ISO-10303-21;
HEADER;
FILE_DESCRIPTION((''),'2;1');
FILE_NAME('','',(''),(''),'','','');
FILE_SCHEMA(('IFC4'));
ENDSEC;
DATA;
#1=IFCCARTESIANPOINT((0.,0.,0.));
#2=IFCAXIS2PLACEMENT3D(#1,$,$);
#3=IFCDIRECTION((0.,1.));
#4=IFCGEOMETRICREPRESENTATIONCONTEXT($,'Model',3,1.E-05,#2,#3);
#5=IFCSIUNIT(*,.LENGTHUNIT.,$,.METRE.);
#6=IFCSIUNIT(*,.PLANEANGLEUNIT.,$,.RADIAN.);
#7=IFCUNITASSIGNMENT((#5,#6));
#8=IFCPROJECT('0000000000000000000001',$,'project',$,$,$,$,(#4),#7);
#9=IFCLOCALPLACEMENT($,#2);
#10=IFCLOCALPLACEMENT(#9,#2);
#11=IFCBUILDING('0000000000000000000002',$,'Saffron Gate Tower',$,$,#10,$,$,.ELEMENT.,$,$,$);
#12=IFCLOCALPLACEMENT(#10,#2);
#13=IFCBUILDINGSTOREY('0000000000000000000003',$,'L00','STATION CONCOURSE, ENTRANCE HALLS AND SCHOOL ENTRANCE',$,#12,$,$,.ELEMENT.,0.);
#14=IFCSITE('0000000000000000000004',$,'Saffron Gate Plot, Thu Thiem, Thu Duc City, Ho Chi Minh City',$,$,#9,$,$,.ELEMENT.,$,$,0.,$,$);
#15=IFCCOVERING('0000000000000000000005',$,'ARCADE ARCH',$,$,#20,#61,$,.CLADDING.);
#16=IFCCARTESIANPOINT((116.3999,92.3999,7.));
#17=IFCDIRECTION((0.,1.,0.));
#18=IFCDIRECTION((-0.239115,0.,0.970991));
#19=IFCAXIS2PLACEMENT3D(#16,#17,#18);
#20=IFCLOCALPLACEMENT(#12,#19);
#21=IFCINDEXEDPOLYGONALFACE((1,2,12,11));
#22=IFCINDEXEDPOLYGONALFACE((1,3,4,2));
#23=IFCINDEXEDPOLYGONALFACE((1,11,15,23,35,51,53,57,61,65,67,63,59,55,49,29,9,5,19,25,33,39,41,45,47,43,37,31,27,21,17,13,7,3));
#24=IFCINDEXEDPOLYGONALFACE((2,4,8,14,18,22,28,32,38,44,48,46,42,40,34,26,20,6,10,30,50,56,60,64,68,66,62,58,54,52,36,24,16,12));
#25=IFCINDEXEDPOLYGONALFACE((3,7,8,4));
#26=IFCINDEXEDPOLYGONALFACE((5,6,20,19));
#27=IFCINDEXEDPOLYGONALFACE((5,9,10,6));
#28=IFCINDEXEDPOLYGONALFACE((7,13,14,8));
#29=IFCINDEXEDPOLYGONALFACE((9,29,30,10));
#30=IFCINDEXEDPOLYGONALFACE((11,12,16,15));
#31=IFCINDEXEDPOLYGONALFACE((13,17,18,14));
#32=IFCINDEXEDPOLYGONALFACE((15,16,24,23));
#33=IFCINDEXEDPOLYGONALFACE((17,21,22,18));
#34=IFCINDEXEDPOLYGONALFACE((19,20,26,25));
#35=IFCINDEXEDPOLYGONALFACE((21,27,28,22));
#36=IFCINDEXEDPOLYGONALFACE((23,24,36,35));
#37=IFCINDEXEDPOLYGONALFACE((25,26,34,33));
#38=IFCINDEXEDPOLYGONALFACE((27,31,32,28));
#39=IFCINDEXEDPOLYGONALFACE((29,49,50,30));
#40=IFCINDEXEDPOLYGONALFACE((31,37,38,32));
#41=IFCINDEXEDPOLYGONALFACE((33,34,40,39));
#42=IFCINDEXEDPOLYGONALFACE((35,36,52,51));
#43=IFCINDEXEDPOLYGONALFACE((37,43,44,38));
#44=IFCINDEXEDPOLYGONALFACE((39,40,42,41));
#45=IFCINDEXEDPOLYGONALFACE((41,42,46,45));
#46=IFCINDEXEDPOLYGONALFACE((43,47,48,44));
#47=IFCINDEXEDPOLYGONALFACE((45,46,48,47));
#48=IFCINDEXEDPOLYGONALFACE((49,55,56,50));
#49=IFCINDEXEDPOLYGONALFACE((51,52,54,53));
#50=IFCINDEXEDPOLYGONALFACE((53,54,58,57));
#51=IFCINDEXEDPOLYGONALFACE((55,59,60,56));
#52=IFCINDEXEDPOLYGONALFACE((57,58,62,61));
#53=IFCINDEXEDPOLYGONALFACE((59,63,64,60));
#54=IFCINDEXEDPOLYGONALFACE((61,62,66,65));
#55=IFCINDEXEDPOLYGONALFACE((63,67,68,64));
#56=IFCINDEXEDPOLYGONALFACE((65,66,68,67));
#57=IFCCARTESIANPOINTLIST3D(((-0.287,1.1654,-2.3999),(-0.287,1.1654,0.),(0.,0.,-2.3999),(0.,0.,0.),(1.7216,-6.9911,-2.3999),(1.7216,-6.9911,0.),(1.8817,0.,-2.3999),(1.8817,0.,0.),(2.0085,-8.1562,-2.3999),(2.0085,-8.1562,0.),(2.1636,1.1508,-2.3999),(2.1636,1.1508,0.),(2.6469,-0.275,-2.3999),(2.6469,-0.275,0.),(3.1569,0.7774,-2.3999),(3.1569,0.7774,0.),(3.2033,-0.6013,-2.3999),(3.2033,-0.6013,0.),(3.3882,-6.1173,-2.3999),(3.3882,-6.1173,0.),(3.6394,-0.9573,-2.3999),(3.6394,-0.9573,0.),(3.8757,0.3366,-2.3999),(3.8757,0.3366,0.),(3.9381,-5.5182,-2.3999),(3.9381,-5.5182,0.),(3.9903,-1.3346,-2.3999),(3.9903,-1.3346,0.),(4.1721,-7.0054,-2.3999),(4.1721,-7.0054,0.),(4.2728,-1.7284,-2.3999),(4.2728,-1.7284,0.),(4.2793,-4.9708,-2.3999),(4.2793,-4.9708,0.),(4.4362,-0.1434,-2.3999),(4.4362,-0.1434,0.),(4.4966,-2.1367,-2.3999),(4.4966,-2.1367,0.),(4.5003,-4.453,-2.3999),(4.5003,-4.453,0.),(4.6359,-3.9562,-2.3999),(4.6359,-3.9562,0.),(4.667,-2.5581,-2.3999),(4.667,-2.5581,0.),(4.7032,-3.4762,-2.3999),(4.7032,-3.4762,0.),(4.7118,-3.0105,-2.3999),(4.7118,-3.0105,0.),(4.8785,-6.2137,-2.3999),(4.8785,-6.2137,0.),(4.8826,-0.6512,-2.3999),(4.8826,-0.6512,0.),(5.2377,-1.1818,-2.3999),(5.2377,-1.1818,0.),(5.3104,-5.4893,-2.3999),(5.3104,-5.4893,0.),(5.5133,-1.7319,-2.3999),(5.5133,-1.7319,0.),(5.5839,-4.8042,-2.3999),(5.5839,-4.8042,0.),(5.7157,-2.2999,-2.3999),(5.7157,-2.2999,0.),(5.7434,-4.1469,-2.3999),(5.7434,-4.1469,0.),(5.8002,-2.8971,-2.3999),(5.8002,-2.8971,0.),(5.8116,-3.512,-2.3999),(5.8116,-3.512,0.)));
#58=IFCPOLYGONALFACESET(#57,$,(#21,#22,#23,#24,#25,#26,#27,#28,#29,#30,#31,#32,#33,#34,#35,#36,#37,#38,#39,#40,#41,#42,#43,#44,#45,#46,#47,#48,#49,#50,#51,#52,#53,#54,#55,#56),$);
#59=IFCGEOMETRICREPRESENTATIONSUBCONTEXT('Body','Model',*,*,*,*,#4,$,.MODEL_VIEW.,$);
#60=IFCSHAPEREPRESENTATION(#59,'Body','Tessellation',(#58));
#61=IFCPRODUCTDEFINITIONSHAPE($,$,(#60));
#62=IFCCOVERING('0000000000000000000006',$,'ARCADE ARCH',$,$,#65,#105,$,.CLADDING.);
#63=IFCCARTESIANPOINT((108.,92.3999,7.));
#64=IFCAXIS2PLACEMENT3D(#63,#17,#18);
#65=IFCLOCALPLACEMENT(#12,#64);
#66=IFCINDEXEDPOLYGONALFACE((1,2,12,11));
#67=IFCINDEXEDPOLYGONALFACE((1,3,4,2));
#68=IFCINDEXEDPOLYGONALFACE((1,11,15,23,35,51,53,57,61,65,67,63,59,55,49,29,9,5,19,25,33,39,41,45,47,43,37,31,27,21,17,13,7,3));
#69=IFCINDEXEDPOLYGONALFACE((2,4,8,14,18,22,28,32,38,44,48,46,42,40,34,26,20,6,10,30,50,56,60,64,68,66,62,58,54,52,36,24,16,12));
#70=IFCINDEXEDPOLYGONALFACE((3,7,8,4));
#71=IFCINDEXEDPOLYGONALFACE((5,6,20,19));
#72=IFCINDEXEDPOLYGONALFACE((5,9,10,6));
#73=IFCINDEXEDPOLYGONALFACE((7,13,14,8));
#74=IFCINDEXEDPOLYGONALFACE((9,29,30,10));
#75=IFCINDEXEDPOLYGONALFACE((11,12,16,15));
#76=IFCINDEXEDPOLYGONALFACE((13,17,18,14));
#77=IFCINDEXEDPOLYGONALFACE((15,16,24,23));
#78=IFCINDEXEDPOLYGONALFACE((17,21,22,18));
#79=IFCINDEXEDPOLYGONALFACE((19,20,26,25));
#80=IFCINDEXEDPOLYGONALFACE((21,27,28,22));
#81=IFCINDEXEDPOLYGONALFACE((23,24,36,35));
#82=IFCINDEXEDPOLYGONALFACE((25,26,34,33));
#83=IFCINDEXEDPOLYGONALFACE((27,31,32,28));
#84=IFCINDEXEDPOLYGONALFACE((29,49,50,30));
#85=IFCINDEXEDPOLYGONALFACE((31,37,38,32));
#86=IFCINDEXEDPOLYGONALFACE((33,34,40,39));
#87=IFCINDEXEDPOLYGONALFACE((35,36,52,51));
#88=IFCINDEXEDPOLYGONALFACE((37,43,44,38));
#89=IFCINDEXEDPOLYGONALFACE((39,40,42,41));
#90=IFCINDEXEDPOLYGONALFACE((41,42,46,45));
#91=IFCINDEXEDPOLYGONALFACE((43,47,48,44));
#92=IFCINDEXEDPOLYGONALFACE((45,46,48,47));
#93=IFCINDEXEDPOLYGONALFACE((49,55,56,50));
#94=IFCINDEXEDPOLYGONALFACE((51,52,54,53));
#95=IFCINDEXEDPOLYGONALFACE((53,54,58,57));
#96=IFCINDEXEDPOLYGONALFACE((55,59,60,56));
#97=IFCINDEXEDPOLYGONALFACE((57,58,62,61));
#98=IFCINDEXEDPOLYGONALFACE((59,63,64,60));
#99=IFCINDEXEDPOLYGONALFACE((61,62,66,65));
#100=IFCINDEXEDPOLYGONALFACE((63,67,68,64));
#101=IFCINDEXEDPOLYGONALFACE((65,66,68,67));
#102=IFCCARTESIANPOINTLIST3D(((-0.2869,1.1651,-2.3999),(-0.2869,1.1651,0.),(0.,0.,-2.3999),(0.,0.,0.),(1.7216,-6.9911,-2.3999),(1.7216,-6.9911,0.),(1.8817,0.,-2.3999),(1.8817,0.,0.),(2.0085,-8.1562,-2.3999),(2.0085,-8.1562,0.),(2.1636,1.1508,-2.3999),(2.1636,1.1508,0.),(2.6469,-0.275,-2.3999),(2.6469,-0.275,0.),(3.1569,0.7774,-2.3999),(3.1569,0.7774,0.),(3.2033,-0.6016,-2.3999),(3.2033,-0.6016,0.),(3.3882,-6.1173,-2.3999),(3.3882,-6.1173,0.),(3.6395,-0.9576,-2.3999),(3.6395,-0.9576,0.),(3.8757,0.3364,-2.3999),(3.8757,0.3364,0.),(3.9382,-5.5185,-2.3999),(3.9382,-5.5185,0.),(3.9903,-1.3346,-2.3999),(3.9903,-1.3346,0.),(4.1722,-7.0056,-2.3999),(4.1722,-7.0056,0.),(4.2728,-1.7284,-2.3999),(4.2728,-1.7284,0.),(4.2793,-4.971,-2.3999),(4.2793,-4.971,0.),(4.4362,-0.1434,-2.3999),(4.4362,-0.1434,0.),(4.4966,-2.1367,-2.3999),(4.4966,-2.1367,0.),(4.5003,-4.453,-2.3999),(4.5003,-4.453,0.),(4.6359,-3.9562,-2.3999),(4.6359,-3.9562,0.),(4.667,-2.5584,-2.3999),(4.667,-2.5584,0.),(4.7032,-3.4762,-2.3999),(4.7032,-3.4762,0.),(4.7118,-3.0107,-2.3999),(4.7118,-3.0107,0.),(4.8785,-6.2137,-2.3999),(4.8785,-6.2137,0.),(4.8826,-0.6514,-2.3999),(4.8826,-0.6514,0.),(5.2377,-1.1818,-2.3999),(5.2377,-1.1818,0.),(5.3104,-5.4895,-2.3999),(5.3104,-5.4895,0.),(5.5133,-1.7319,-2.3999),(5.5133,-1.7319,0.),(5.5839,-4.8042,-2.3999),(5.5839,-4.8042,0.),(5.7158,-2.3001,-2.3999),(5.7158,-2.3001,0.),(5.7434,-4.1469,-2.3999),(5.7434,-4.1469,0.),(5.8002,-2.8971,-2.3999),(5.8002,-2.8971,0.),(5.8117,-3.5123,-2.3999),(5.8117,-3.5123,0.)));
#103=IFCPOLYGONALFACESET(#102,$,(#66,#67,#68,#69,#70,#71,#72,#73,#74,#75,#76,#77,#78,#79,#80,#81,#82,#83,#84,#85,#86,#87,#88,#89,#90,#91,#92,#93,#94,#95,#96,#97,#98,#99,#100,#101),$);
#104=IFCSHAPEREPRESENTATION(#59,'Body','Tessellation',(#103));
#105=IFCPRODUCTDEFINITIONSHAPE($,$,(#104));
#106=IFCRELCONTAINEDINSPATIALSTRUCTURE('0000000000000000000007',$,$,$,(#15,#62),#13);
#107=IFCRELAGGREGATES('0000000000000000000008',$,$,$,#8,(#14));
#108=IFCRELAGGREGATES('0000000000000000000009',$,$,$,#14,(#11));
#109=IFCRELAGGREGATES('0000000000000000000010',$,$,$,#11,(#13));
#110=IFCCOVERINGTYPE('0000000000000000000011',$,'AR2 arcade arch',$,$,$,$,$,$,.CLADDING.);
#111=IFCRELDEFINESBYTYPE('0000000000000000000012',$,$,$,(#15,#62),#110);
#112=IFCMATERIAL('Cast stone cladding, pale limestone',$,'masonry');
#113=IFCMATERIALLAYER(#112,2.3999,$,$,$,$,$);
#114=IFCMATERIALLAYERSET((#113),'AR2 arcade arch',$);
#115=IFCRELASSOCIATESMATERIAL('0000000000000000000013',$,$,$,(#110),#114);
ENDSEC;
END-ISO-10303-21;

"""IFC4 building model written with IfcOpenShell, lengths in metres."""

from ifc_helpers import new_model, si_unit, direction, frame, origin, place, context, subcontext, project, spatial, polyline, outline, extrude, material, layer, layer_set, type_object, element, save


model = new_model("IFC4")

# Units and contexts
model_context = context("Model", 3, precision=1e-05, world=origin(), true_north=direction((0.0, 1.0)))
body_context = subcontext(model_context, "Body", "Model", "MODEL_VIEW")
ifc_project = project(units=[si_unit("LENGTHUNIT", "METRE"), si_unit("PLANEANGLEUNIT", "RADIAN")], contexts=[model_context])

# Site, building, storey
site_placement = place(None, origin())
site = spatial("IfcSite", under=ifc_project, at=site_placement, Name="Saffron Gate Plot, Thu Thiem, Thu Duc City, Ho Chi Minh City", CompositionType="ELEMENT", RefElevation=0.0)
building_placement = place(site_placement, origin())
building = spatial("IfcBuilding", under=site, at=building_placement, Name="Saffron Gate Tower", CompositionType="ELEMENT")
storey_placement = place(building_placement, origin())
storey = spatial("IfcBuildingStorey", under=building, at=storey_placement, Name="L00", Description="STATION CONCOURSE, ENTRANCE HALLS AND SCHOOL ENTRANCE", CompositionType="ELEMENT", Elevation=0.0)

# Coverings
ifc_material_1 = material(Name="Cast stone cladding, pale limestone", Category="masonry")
ifc_layer_1 = layer(ifc_material_1, 2.3999)
ifc_layer_set_1 = layer_set([ifc_layer_1], Name="AR2 arcade arch")
covering_type = type_object("IfcCoveringType", Name="AR2 arcade arch", PredefinedType="CLADDING", material=ifc_layer_set_1)
covering_1_placement = place(storey_placement, frame((116.3999, 92.3999, 7.0), z_axis=(0.0, 1.0, 0.0), x_axis=(-0.239115, 0.0, 0.970991)))
element("IfcCovering", 1, at=covering_1_placement, inside=storey, type_object=covering_type, Name="ARCADE ARCH", PredefinedType="CLADDING", context=body_context, shape_type="SweptSolid", body=[
    extrude(outline(polyline([(0.0, 0.0), (1.8817, 0.0), (2.6469, -0.275), (3.2033, -0.6013), (3.6394, -0.9573), (3.9903, -1.3346), (4.2728, -1.7284), (4.4966, -2.1367), (4.667, -2.5581), (4.7118, -3.0105), (4.7032, -3.4762), (4.6359, -3.9562), (4.5003, -4.453), (4.2793, -4.9708), (3.9381, -5.5182), (3.3882, -6.1173), (1.7216, -6.9911), (2.0085, -8.1562), (4.1721, -7.0054), (4.8785, -6.2137), (5.3104, -5.4893), (5.5839, -4.8042), (5.7434, -4.1469), (5.8116, -3.512), (5.8002, -2.8971), (5.7157, -2.2999), (5.5133, -1.7319), (5.2377, -1.1818), (4.8826, -0.6512), (4.4362, -0.1434), (3.8757, 0.3366), (3.1569, 0.7774), (2.1636, 1.1508), (-0.287, 1.1654), (0.0, 0.0)])), origin(), (0.0, 0.0, -1.0), 2.3999),
])
covering_2_placement = place(storey_placement, frame((108.0, 92.3999, 7.0), z_axis=(0.0, 1.0, 0.0), x_axis=(-0.239115, 0.0, 0.970991)))
element("IfcCovering", 2, at=covering_2_placement, inside=storey, type_object=covering_type, Name="ARCADE ARCH", PredefinedType="CLADDING", context=body_context, shape_type="SweptSolid", body=[
    extrude(outline(polyline([(0.0, 0.0), (1.8817, 0.0), (2.6469, -0.275), (3.2033, -0.6016), (3.6395, -0.9576), (3.9903, -1.3346), (4.2728, -1.7284), (4.4966, -2.1367), (4.667, -2.5584), (4.7118, -3.0107), (4.7032, -3.4762), (4.6359, -3.9562), (4.5003, -4.453), (4.2793, -4.971), (3.9382, -5.5185), (3.3882, -6.1173), (1.7216, -6.9911), (2.0085, -8.1562), (4.1722, -7.0056), (4.8785, -6.2137), (5.3104, -5.4895), (5.5839, -4.8042), (5.7434, -4.1469), (5.8117, -3.5123), (5.8002, -2.8971), (5.7158, -2.3001), (5.5133, -1.7319), (5.2377, -1.1818), (4.8826, -0.6514), (4.4362, -0.1434), (3.8757, 0.3364), (3.1569, 0.7774), (2.1636, 1.1508), (-0.2869, 1.1651), (0.0, 0.0)])), origin(), (0.0, 0.0, -1.0), 2.3999),
])

save(model, "model.ifc")
